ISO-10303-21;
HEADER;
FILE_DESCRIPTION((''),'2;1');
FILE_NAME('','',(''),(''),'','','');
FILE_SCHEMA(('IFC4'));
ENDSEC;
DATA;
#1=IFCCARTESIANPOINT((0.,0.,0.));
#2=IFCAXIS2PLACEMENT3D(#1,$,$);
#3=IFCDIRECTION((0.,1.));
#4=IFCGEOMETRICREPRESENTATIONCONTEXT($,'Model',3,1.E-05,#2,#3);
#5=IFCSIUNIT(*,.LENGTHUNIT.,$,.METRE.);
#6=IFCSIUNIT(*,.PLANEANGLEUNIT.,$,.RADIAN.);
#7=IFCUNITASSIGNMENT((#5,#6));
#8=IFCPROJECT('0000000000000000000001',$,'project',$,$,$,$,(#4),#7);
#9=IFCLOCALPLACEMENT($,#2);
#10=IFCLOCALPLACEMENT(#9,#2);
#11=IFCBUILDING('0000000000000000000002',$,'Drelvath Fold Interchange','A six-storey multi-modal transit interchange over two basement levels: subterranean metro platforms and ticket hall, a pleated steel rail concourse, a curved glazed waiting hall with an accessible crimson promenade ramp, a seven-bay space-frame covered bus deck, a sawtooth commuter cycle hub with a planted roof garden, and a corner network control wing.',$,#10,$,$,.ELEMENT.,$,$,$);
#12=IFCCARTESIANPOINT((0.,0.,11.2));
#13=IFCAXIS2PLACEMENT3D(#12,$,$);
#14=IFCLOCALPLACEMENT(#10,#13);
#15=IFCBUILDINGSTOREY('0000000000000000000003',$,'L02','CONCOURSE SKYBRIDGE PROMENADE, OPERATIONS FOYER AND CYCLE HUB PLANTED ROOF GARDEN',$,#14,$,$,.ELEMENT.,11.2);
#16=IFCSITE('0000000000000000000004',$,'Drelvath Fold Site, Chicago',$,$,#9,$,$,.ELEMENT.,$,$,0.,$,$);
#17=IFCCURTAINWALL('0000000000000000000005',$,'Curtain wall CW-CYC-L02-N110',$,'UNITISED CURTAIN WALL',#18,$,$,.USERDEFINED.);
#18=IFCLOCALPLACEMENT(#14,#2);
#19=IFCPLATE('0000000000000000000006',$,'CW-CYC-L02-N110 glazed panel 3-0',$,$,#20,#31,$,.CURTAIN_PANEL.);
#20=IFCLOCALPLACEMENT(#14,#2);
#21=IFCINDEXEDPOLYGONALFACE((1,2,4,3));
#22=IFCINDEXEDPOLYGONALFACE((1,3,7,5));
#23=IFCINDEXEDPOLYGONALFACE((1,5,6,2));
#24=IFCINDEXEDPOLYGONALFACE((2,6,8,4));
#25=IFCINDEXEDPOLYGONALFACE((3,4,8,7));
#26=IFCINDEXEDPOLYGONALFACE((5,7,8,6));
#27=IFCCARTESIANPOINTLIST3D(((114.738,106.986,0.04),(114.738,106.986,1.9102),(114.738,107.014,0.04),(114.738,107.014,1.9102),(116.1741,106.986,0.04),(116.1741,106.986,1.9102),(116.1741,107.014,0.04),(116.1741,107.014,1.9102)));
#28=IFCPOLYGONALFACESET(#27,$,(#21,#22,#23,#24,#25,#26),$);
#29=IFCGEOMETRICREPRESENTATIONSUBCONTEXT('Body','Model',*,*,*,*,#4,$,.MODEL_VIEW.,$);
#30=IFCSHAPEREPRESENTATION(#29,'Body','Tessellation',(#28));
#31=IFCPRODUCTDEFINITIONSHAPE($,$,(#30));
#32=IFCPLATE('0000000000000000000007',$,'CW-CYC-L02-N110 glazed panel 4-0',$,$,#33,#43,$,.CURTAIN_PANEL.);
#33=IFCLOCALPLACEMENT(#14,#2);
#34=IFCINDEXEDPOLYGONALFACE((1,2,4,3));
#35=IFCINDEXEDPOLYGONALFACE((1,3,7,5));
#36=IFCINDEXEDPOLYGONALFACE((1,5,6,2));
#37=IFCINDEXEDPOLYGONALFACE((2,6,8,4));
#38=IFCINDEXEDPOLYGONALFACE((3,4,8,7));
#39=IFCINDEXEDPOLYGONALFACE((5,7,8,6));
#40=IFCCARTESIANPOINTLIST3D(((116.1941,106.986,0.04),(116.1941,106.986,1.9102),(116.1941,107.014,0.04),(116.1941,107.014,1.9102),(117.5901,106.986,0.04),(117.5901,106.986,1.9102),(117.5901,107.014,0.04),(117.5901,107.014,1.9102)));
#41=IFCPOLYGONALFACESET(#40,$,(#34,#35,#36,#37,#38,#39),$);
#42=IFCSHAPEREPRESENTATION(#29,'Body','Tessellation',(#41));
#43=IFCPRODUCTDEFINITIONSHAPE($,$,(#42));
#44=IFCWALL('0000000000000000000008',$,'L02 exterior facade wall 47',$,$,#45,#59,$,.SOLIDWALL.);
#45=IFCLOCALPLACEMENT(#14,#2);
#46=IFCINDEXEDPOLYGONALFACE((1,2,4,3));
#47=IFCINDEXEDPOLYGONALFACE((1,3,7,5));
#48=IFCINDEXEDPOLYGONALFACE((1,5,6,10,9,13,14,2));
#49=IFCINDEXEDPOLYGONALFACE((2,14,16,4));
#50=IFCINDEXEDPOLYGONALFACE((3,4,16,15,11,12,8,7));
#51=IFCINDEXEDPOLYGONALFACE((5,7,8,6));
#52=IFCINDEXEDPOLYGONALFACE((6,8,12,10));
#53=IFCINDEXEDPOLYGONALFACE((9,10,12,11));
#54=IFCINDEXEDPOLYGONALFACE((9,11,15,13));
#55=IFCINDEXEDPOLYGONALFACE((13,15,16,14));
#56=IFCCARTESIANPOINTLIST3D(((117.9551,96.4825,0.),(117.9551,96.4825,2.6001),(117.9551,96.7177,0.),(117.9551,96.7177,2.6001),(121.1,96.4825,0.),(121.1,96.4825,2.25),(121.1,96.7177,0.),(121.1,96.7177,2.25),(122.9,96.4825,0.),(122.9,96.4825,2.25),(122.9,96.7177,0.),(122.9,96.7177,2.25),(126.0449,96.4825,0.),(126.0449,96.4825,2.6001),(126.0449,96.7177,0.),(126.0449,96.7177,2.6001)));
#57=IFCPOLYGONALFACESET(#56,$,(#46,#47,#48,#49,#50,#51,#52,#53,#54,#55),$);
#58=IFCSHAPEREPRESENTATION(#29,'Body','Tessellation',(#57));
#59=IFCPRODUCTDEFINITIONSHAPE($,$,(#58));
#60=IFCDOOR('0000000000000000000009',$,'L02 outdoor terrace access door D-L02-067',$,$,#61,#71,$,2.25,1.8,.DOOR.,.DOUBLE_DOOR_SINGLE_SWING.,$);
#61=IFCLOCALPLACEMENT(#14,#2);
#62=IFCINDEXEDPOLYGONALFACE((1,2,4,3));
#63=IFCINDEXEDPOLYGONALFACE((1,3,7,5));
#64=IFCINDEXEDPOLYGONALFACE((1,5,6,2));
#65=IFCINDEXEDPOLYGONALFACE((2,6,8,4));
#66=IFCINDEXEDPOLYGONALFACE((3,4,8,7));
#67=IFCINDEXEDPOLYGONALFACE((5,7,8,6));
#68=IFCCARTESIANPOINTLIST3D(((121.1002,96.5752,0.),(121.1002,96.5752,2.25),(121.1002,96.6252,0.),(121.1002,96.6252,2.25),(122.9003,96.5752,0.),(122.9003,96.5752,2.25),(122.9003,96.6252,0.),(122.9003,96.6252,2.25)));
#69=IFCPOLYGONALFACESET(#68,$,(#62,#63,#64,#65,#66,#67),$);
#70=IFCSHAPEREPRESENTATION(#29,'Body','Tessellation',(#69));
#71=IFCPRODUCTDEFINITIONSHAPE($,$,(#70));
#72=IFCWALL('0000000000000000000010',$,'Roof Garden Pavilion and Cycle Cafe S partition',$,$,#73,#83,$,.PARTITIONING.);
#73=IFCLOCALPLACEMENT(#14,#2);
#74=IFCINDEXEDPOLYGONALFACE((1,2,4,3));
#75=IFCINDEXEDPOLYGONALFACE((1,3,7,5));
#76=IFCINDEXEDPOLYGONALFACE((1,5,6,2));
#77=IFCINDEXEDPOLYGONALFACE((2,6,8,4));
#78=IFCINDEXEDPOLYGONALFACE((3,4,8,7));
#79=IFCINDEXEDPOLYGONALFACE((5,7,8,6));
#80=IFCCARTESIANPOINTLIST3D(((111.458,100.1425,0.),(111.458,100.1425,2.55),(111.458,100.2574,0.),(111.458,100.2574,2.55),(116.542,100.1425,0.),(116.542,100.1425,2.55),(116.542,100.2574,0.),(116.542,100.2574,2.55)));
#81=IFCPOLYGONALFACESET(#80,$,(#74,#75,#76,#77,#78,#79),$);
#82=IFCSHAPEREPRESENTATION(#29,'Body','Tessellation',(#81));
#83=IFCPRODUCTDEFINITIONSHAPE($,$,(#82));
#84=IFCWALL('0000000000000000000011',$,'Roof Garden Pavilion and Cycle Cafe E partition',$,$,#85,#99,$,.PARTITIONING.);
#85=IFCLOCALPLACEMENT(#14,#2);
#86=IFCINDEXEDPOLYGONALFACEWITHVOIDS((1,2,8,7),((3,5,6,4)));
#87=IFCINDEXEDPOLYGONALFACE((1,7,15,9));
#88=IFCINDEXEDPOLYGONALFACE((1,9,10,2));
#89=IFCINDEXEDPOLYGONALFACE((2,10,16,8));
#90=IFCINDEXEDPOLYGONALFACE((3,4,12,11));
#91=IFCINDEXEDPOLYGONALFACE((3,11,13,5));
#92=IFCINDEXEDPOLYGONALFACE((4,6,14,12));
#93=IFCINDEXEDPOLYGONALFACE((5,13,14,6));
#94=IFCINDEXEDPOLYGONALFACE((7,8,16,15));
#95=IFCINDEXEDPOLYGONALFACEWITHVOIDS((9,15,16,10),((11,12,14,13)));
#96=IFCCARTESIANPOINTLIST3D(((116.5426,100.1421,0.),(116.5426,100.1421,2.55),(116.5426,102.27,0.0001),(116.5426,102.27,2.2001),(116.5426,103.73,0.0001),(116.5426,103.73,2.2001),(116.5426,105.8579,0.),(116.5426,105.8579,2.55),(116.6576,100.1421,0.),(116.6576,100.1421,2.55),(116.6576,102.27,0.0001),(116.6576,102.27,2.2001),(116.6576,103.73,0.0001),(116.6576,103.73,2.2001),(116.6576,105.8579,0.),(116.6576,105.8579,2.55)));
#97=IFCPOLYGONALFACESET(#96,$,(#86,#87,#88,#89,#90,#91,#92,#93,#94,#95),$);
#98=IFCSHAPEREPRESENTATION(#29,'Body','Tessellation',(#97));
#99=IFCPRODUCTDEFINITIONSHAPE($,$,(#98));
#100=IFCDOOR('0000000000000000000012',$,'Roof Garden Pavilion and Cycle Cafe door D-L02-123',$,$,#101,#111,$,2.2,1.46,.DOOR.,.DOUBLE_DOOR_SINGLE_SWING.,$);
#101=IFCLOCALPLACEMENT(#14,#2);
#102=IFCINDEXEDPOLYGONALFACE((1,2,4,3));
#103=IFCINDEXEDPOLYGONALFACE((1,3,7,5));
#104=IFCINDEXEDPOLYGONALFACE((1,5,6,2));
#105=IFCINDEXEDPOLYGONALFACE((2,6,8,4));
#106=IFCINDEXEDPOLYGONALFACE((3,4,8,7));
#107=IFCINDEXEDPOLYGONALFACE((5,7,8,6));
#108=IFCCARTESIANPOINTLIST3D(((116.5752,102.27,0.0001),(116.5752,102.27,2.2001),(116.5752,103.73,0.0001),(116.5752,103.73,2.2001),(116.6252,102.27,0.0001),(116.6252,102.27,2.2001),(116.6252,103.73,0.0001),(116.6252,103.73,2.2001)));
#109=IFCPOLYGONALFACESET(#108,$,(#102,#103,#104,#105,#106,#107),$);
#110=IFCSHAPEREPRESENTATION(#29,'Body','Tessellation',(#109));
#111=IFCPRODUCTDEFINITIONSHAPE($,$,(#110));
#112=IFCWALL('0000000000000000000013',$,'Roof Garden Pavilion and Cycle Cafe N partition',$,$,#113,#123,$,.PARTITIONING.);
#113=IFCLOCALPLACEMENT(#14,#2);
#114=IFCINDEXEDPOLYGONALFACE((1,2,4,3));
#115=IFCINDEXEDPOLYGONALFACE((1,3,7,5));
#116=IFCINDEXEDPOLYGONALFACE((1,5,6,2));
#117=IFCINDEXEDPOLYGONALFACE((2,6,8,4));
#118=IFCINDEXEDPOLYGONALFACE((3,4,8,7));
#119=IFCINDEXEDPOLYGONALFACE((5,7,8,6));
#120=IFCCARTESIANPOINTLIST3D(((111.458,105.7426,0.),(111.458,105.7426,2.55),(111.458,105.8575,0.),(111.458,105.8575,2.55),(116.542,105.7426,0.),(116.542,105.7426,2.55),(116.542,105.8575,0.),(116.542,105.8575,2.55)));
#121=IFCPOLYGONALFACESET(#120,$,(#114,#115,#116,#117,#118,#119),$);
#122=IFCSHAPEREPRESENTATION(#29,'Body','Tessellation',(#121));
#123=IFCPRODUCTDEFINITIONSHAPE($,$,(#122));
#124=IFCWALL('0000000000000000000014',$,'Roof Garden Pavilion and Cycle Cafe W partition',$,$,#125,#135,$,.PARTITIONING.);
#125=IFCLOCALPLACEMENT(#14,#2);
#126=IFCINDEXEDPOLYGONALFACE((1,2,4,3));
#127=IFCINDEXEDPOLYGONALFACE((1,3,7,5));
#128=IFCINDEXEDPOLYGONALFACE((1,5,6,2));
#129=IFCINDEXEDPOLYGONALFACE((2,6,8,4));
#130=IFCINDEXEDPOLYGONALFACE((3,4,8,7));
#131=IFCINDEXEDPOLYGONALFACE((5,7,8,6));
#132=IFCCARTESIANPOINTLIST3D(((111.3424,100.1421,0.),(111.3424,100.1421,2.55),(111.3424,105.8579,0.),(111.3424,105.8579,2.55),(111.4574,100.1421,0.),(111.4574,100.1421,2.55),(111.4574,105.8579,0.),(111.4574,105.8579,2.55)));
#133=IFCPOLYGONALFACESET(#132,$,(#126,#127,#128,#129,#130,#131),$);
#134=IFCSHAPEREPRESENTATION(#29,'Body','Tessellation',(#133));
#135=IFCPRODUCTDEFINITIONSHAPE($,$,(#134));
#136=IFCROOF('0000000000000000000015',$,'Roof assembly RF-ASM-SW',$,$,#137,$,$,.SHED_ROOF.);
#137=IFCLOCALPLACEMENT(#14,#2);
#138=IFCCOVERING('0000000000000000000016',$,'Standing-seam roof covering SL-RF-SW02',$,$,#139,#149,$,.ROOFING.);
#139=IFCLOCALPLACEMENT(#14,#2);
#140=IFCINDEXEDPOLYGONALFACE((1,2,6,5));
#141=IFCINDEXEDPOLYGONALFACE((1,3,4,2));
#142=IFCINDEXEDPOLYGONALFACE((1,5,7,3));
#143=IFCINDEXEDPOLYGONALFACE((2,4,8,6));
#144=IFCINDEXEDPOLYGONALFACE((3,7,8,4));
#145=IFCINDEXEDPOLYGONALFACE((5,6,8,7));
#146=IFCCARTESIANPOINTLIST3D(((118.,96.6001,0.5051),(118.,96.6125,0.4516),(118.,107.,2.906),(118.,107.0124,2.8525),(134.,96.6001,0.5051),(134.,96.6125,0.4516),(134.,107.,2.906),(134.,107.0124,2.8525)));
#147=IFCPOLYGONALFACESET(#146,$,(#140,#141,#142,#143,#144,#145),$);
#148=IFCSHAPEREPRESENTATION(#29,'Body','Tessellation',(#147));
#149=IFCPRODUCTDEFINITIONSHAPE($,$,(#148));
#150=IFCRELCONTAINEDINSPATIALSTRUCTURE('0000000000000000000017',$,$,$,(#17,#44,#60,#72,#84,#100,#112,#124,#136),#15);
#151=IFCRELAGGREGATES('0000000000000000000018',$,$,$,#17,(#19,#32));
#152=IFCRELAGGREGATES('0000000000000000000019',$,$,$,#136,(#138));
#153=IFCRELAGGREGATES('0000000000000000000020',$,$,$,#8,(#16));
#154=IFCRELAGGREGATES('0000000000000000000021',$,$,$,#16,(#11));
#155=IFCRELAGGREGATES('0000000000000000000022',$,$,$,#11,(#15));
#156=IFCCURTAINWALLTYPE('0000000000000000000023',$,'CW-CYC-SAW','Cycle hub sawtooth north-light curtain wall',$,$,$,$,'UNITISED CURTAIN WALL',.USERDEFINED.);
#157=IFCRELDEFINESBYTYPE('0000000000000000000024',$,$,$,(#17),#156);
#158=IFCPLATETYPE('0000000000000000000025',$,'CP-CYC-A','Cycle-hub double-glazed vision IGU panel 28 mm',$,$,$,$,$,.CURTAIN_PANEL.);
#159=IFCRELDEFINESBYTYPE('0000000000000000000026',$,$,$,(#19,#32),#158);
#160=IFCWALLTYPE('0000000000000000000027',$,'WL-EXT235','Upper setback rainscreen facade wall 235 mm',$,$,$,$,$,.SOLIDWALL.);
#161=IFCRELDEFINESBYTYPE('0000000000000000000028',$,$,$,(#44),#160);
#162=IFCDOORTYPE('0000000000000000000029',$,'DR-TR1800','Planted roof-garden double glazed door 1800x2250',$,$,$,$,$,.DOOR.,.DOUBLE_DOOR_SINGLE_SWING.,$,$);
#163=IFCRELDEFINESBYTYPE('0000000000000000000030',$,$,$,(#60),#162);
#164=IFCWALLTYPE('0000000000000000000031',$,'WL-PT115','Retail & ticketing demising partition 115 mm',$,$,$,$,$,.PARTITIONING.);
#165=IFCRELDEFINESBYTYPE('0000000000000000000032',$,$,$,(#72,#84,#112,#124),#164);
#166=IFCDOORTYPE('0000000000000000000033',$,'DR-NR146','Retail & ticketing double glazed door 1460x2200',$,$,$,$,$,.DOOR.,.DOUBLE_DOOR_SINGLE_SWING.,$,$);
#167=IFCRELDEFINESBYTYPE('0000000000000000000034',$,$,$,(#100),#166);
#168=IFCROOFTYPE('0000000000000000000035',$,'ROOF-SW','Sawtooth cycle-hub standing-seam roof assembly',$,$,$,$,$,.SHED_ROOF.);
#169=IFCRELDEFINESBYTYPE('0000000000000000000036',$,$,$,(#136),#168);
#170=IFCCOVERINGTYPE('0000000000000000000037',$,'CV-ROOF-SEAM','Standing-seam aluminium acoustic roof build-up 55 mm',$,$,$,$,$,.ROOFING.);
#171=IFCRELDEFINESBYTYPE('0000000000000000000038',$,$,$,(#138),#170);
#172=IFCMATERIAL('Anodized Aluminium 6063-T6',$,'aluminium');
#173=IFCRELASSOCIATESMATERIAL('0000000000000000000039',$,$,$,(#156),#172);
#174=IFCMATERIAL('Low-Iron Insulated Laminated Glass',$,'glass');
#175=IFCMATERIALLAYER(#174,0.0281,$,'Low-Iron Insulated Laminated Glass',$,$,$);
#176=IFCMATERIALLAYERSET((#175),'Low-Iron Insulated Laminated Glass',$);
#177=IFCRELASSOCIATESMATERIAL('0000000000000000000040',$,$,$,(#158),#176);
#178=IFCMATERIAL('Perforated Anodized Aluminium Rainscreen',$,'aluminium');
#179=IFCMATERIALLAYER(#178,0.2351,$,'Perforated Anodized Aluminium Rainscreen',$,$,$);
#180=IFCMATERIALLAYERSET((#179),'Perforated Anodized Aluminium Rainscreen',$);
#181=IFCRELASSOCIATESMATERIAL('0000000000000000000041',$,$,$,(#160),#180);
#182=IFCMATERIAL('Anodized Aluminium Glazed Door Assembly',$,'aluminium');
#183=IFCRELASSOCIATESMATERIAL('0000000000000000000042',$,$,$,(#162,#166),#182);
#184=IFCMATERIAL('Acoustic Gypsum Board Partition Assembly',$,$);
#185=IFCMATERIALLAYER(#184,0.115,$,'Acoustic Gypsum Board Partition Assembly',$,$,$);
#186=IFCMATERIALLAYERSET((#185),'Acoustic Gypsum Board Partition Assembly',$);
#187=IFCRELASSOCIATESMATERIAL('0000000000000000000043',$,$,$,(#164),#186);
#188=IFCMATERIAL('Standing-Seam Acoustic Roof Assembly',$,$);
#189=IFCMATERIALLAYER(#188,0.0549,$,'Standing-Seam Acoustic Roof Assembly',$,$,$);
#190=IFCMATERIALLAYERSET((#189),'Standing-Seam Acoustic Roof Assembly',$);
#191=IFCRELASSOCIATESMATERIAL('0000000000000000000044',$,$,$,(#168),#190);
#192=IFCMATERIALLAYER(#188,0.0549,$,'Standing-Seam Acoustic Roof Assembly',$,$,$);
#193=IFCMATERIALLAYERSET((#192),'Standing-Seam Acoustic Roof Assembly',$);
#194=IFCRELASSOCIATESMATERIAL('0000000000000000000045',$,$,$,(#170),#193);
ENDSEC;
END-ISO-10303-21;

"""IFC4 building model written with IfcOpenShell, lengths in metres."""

from ifc_helpers import new_model, si_unit, direction, frame, frame_2d, origin, origin_2d, place, context, subcontext, project, spatial, polyline, rectangle, outline, extrude, material, layer, layer_set, type_object, element, fill, aggregate, save


model = new_model("IFC4")

# Units and contexts
model_context = context("Model", 3, precision=1e-05, world=origin(), true_north=direction((0.0, 1.0)))
body_context = subcontext(model_context, "Body", "Model", "MODEL_VIEW")
ifc_project = project(units=[si_unit("LENGTHUNIT", "METRE"), si_unit("PLANEANGLEUNIT", "RADIAN")], contexts=[model_context])

# Site, building, storey
site_placement = place(None, origin())
site = spatial("IfcSite", under=ifc_project, at=site_placement, Name="Drelvath Fold Site, Chicago", CompositionType="ELEMENT", RefElevation=0.0)
building_placement = place(site_placement, origin())
building = spatial("IfcBuilding", under=site, at=building_placement, Name="Drelvath Fold Interchange", Description="A six-storey multi-modal transit interchange over two basement levels: subterranean metro platforms and ticket hall, a pleated steel rail concourse, a curved glazed waiting hall with an accessible crimson promenade ramp, a seven-bay space-frame covered bus deck, a sawtooth commuter cycle hub with a planted roof garden, and a corner network control wing.", CompositionType="ELEMENT")
storey_placement = place(building_placement, frame((0.0, 0.0, 11.2)))
storey = spatial("IfcBuildingStorey", under=building, at=storey_placement, Name="L02", Description="CONCOURSE SKYBRIDGE PROMENADE, OPERATIONS FOYER AND CYCLE HUB PLANTED ROOF GARDEN", CompositionType="ELEMENT", Elevation=11.2)

# Curtain wall, plates
ifc_material_1 = material(Name="Anodized Aluminium 6063-T6", Category="aluminium")
curtain_wall_type = type_object("IfcCurtainWallType", Name="CW-CYC-SAW", Description="Cycle hub sawtooth north-light curtain wall", ElementType="UNITISED CURTAIN WALL", PredefinedType="USERDEFINED", material=ifc_material_1)
curtain_wall_placement = place(storey_placement, origin())
curtain_wall = element("IfcCurtainWall", 1, at=curtain_wall_placement, inside=storey, type_object=curtain_wall_type, Name="Curtain wall CW-CYC-L02-N110", ObjectType="UNITISED CURTAIN WALL", PredefinedType="USERDEFINED")
ifc_material_2 = material(Name="Low-Iron Insulated Laminated Glass", Category="glass")
ifc_layer_1 = layer(ifc_material_2, 0.0281, Name="Low-Iron Insulated Laminated Glass")
ifc_layer_set_1 = layer_set([ifc_layer_1], Name="Low-Iron Insulated Laminated Glass")
plate_type = type_object("IfcPlateType", Name="CP-CYC-A", Description="Cycle-hub double-glazed vision IGU panel 28 mm", PredefinedType="CURTAIN_PANEL", material=ifc_layer_set_1)
plate_1_placement = place(storey_placement, frame((115.4561, 107.0, 0.04), z_axis=(0.0, 0.0, 1.0), x_axis=(1.0, 0.0, 0.0)))
plate_1 = element("IfcPlate", 2, at=plate_1_placement, type_object=plate_type, Name="CW-CYC-L02-N110 glazed panel 3-0", PredefinedType="CURTAIN_PANEL", context=body_context, shape_type="SweptSolid", body=[
    extrude(rectangle(XDim=1.436, YDim=0.0281, at=origin_2d()), origin(), (0.0, 0.0, 1.0), 1.8701),
])
plate_2_placement = place(storey_placement, frame((116.8921, 107.0, 0.04), z_axis=(0.0, 0.0, 1.0), x_axis=(1.0, 0.0, 0.0)))
plate_2 = element("IfcPlate", 3, at=plate_2_placement, type_object=plate_type, Name="CW-CYC-L02-N110 glazed panel 4-0", PredefinedType="CURTAIN_PANEL", context=body_context, shape_type="SweptSolid", body=[
    extrude(rectangle(XDim=1.396, YDim=0.0281, at=origin_2d()), origin(), (0.0, 0.0, 1.0), 1.8701),
])
aggregate(curtain_wall, [plate_1, plate_2])

# Wall, opening, door
ifc_material_3 = material(Name="Perforated Anodized Aluminium Rainscreen", Category="aluminium")
ifc_layer_2 = layer(ifc_material_3, 0.2351, Name="Perforated Anodized Aluminium Rainscreen")
ifc_layer_set_2 = layer_set([ifc_layer_2], Name="Perforated Anodized Aluminium Rainscreen")
wall_type_1 = type_object("IfcWallType", Name="WL-EXT235", Description="Upper setback rainscreen facade wall 235 mm", PredefinedType="SOLIDWALL", material=ifc_layer_set_2)
wall_1_placement = place(storey_placement, frame((117.9551, 96.6001, 0.0), z_axis=(0.0, 0.0, 1.0), x_axis=(1.0, 0.0, 0.0)))
wall_1 = element("IfcWall", 4, at=wall_1_placement, inside=storey, type_object=wall_type_1, Name="L02 exterior facade wall 47", PredefinedType="SOLIDWALL", context=body_context, shape_type="SweptSolid", body=[
    extrude(rectangle(XDim=8.0898, YDim=0.2351, at=frame_2d((4.0449, 0.0))), origin(), (0.0, 0.0, 1.0), 2.6001),
])
opening_1_placement = place(wall_1_placement, frame((3.145, 0.0, 0.0)))
opening_1 = element("IfcOpeningElement", 5, at=opening_1_placement, cuts=wall_1, PredefinedType="OPENING", context=body_context, shape_type="SweptSolid", body=[
    extrude(rectangle(XDim=1.8, YDim=2.25, at=frame_2d((0.8999, 1.125))), frame((0.0, 0.1274, 0.0), z_axis=(0.0, -1.0, 0.0), x_axis=(1.0, 0.0, 0.0)), (0.0, 0.0, 1.0), 0.2551),
])
ifc_material_4 = material(Name="Anodized Aluminium Glazed Door Assembly", Category="aluminium")
door_type_1 = type_object("IfcDoorType", Name="DR-TR1800", Description="Planted roof-garden double glazed door 1800x2250", OperationType="DOUBLE_DOOR_SINGLE_SWING", PredefinedType="DOOR", material=ifc_material_4)
door_1_placement = place(opening_1_placement, frame((1.8, 0.0, 0.0), z_axis=(0.0, 0.0, 1.0), x_axis=(-1.0, 0.0, 0.0)))
door_1 = element("IfcDoor", 6, at=door_1_placement, inside=storey, type_object=door_type_1, Name="L02 outdoor terrace access door D-L02-067", OperationType="DOUBLE_DOOR_SINGLE_SWING", OverallHeight=2.25, OverallWidth=1.8, PredefinedType="DOOR", context=body_context, shape_type="SweptSolid", body=[
    extrude(rectangle(XDim=1.8, YDim=2.25, at=frame_2d((0.8999, 1.125))), frame((0.0, 0.0249, 0.0), z_axis=(0.0, -1.0, 0.0), x_axis=(1.0, 0.0, 0.0)), (0.0, 0.0, 1.0), 0.05),
])
fill(opening_1, door_1)

# Wall
ifc_material_5 = material(Name="Acoustic Gypsum Board Partition Assembly")
ifc_layer_3 = layer(ifc_material_5, 0.115, Name="Acoustic Gypsum Board Partition Assembly")
ifc_layer_set_3 = layer_set([ifc_layer_3], Name="Acoustic Gypsum Board Partition Assembly")
wall_type_2 = type_object("IfcWallType", Name="WL-PT115", Description="Retail & ticketing demising partition 115 mm", PredefinedType="PARTITIONING", material=ifc_layer_set_3)
wall_2_placement = place(storey_placement, frame((111.458, 100.2, 0.0), z_axis=(0.0, 0.0, 1.0), x_axis=(1.0, 0.0, 0.0)))
element("IfcWall", 7, at=wall_2_placement, inside=storey, type_object=wall_type_2, Name="Roof Garden Pavilion and Cycle Cafe S partition", PredefinedType="PARTITIONING", context=body_context, shape_type="SweptSolid", body=[
    extrude(rectangle(XDim=5.084, YDim=0.115, at=frame_2d((2.542, 0.0))), origin(), (0.0, 0.0, 1.0), 2.55),
])

# Wall, opening, door
wall_3_placement = place(storey_placement, frame((116.6001, 100.1421, 0.0), z_axis=(0.0, 0.0, 1.0), x_axis=(0.0, 1.0, 0.0)))
wall_3 = element("IfcWall", 8, at=wall_3_placement, inside=storey, type_object=wall_type_2, Name="Roof Garden Pavilion and Cycle Cafe E partition", PredefinedType="PARTITIONING", context=body_context, shape_type="SweptSolid", body=[
    extrude(rectangle(XDim=5.7158, YDim=0.115, at=frame_2d((2.8579, 0.0))), origin(), (0.0, 0.0, 1.0), 2.55),
])
opening_2_placement = place(wall_3_placement, frame((2.1279, 0.0, 0.0)))
opening_2 = element("IfcOpeningElement", 9, at=opening_2_placement, cuts=wall_3, PredefinedType="OPENING", context=body_context, shape_type="SweptSolid", body=[
    extrude(rectangle(XDim=1.46, YDim=2.2, at=frame_2d((0.73, 1.1001))), frame((0.0, 0.0674, 0.0), z_axis=(0.0, -1.0, 0.0), x_axis=(1.0, 0.0, 0.0)), (0.0, 0.0, 1.0), 0.135),
])
door_type_2 = type_object("IfcDoorType", Name="DR-NR146", Description="Retail & ticketing double glazed door 1460x2200", OperationType="DOUBLE_DOOR_SINGLE_SWING", PredefinedType="DOOR", material=ifc_material_4)
door_2_placement = place(opening_2_placement, origin())
door_2 = element("IfcDoor", 10, at=door_2_placement, inside=storey, type_object=door_type_2, Name="Roof Garden Pavilion and Cycle Cafe door D-L02-123", OperationType="DOUBLE_DOOR_SINGLE_SWING", OverallHeight=2.2, OverallWidth=1.46, PredefinedType="DOOR", context=body_context, shape_type="SweptSolid", body=[
    extrude(rectangle(XDim=1.46, YDim=2.2, at=frame_2d((0.73, 1.1001))), frame((0.0, 0.0249, 0.0), z_axis=(0.0, -1.0, 0.0), x_axis=(1.0, 0.0, 0.0)), (0.0, 0.0, 1.0), 0.05),
])
fill(opening_2, door_2)

# Walls
wall_4_placement = place(storey_placement, frame((116.542, 105.8, 0.0), z_axis=(0.0, 0.0, 1.0), x_axis=(-1.0, 0.0, 0.0)))
element("IfcWall", 11, at=wall_4_placement, inside=storey, type_object=wall_type_2, Name="Roof Garden Pavilion and Cycle Cafe N partition", PredefinedType="PARTITIONING", context=body_context, shape_type="SweptSolid", body=[
    extrude(rectangle(XDim=5.084, YDim=0.115, at=frame_2d((2.542, 0.0))), origin(), (0.0, 0.0, 1.0), 2.55),
])
wall_5_placement = place(storey_placement, frame((111.3999, 105.8579, 0.0), z_axis=(0.0, 0.0, 1.0), x_axis=(0.0, -1.0, 0.0)))
element("IfcWall", 12, at=wall_5_placement, inside=storey, type_object=wall_type_2, Name="Roof Garden Pavilion and Cycle Cafe W partition", PredefinedType="PARTITIONING", context=body_context, shape_type="SweptSolid", body=[
    extrude(rectangle(XDim=5.7158, YDim=0.115, at=frame_2d((2.8579, 0.0))), origin(), (0.0, 0.0, 1.0), 2.55),
])

# Roof, covering
ifc_material_6 = material(Name="Standing-Seam Acoustic Roof Assembly")
ifc_layer_4 = layer(ifc_material_6, 0.0549, Name="Standing-Seam Acoustic Roof Assembly")
ifc_layer_set_4 = layer_set([ifc_layer_4], Name="Standing-Seam Acoustic Roof Assembly")
roof_type = type_object("IfcRoofType", Name="ROOF-SW", Description="Sawtooth cycle-hub standing-seam roof assembly", PredefinedType="SHED_ROOF", material=ifc_layer_set_4)
roof_placement = place(storey_placement, origin())
roof = element("IfcRoof", 13, at=roof_placement, inside=storey, type_object=roof_type, Name="Roof assembly RF-ASM-SW", PredefinedType="SHED_ROOF")
ifc_layer_5 = layer(ifc_material_6, 0.0549, Name="Standing-Seam Acoustic Roof Assembly")
ifc_layer_set_5 = layer_set([ifc_layer_5], Name="Standing-Seam Acoustic Roof Assembly")
covering_type = type_object("IfcCoveringType", Name="CV-ROOF-SEAM", Description="Standing-seam aluminium acoustic roof build-up 55 mm", PredefinedType="ROOFING", material=ifc_layer_set_5)
covering_placement = place(storey_placement, frame((118.0, 96.6001, 0.5051), z_axis=(0.0, -0.22494, 0.974373), x_axis=(1.0, 0.0, 0.0)))
covering = element("IfcCovering", 14, at=covering_placement, type_object=covering_type, Name="Standing-seam roof covering SL-RF-SW02", PredefinedType="ROOFING", context=body_context, shape_type="SweptSolid", body=[
    extrude(outline(polyline([(0.0, 0.0), (16.0, 0.0), (16.0, 10.6734), (0.0, 10.6734), (0.0, 0.0)])), origin(), (0.0, 0.0, -1.0), 0.0549),
])
aggregate(roof, [covering])

save(model, "model.ifc")
